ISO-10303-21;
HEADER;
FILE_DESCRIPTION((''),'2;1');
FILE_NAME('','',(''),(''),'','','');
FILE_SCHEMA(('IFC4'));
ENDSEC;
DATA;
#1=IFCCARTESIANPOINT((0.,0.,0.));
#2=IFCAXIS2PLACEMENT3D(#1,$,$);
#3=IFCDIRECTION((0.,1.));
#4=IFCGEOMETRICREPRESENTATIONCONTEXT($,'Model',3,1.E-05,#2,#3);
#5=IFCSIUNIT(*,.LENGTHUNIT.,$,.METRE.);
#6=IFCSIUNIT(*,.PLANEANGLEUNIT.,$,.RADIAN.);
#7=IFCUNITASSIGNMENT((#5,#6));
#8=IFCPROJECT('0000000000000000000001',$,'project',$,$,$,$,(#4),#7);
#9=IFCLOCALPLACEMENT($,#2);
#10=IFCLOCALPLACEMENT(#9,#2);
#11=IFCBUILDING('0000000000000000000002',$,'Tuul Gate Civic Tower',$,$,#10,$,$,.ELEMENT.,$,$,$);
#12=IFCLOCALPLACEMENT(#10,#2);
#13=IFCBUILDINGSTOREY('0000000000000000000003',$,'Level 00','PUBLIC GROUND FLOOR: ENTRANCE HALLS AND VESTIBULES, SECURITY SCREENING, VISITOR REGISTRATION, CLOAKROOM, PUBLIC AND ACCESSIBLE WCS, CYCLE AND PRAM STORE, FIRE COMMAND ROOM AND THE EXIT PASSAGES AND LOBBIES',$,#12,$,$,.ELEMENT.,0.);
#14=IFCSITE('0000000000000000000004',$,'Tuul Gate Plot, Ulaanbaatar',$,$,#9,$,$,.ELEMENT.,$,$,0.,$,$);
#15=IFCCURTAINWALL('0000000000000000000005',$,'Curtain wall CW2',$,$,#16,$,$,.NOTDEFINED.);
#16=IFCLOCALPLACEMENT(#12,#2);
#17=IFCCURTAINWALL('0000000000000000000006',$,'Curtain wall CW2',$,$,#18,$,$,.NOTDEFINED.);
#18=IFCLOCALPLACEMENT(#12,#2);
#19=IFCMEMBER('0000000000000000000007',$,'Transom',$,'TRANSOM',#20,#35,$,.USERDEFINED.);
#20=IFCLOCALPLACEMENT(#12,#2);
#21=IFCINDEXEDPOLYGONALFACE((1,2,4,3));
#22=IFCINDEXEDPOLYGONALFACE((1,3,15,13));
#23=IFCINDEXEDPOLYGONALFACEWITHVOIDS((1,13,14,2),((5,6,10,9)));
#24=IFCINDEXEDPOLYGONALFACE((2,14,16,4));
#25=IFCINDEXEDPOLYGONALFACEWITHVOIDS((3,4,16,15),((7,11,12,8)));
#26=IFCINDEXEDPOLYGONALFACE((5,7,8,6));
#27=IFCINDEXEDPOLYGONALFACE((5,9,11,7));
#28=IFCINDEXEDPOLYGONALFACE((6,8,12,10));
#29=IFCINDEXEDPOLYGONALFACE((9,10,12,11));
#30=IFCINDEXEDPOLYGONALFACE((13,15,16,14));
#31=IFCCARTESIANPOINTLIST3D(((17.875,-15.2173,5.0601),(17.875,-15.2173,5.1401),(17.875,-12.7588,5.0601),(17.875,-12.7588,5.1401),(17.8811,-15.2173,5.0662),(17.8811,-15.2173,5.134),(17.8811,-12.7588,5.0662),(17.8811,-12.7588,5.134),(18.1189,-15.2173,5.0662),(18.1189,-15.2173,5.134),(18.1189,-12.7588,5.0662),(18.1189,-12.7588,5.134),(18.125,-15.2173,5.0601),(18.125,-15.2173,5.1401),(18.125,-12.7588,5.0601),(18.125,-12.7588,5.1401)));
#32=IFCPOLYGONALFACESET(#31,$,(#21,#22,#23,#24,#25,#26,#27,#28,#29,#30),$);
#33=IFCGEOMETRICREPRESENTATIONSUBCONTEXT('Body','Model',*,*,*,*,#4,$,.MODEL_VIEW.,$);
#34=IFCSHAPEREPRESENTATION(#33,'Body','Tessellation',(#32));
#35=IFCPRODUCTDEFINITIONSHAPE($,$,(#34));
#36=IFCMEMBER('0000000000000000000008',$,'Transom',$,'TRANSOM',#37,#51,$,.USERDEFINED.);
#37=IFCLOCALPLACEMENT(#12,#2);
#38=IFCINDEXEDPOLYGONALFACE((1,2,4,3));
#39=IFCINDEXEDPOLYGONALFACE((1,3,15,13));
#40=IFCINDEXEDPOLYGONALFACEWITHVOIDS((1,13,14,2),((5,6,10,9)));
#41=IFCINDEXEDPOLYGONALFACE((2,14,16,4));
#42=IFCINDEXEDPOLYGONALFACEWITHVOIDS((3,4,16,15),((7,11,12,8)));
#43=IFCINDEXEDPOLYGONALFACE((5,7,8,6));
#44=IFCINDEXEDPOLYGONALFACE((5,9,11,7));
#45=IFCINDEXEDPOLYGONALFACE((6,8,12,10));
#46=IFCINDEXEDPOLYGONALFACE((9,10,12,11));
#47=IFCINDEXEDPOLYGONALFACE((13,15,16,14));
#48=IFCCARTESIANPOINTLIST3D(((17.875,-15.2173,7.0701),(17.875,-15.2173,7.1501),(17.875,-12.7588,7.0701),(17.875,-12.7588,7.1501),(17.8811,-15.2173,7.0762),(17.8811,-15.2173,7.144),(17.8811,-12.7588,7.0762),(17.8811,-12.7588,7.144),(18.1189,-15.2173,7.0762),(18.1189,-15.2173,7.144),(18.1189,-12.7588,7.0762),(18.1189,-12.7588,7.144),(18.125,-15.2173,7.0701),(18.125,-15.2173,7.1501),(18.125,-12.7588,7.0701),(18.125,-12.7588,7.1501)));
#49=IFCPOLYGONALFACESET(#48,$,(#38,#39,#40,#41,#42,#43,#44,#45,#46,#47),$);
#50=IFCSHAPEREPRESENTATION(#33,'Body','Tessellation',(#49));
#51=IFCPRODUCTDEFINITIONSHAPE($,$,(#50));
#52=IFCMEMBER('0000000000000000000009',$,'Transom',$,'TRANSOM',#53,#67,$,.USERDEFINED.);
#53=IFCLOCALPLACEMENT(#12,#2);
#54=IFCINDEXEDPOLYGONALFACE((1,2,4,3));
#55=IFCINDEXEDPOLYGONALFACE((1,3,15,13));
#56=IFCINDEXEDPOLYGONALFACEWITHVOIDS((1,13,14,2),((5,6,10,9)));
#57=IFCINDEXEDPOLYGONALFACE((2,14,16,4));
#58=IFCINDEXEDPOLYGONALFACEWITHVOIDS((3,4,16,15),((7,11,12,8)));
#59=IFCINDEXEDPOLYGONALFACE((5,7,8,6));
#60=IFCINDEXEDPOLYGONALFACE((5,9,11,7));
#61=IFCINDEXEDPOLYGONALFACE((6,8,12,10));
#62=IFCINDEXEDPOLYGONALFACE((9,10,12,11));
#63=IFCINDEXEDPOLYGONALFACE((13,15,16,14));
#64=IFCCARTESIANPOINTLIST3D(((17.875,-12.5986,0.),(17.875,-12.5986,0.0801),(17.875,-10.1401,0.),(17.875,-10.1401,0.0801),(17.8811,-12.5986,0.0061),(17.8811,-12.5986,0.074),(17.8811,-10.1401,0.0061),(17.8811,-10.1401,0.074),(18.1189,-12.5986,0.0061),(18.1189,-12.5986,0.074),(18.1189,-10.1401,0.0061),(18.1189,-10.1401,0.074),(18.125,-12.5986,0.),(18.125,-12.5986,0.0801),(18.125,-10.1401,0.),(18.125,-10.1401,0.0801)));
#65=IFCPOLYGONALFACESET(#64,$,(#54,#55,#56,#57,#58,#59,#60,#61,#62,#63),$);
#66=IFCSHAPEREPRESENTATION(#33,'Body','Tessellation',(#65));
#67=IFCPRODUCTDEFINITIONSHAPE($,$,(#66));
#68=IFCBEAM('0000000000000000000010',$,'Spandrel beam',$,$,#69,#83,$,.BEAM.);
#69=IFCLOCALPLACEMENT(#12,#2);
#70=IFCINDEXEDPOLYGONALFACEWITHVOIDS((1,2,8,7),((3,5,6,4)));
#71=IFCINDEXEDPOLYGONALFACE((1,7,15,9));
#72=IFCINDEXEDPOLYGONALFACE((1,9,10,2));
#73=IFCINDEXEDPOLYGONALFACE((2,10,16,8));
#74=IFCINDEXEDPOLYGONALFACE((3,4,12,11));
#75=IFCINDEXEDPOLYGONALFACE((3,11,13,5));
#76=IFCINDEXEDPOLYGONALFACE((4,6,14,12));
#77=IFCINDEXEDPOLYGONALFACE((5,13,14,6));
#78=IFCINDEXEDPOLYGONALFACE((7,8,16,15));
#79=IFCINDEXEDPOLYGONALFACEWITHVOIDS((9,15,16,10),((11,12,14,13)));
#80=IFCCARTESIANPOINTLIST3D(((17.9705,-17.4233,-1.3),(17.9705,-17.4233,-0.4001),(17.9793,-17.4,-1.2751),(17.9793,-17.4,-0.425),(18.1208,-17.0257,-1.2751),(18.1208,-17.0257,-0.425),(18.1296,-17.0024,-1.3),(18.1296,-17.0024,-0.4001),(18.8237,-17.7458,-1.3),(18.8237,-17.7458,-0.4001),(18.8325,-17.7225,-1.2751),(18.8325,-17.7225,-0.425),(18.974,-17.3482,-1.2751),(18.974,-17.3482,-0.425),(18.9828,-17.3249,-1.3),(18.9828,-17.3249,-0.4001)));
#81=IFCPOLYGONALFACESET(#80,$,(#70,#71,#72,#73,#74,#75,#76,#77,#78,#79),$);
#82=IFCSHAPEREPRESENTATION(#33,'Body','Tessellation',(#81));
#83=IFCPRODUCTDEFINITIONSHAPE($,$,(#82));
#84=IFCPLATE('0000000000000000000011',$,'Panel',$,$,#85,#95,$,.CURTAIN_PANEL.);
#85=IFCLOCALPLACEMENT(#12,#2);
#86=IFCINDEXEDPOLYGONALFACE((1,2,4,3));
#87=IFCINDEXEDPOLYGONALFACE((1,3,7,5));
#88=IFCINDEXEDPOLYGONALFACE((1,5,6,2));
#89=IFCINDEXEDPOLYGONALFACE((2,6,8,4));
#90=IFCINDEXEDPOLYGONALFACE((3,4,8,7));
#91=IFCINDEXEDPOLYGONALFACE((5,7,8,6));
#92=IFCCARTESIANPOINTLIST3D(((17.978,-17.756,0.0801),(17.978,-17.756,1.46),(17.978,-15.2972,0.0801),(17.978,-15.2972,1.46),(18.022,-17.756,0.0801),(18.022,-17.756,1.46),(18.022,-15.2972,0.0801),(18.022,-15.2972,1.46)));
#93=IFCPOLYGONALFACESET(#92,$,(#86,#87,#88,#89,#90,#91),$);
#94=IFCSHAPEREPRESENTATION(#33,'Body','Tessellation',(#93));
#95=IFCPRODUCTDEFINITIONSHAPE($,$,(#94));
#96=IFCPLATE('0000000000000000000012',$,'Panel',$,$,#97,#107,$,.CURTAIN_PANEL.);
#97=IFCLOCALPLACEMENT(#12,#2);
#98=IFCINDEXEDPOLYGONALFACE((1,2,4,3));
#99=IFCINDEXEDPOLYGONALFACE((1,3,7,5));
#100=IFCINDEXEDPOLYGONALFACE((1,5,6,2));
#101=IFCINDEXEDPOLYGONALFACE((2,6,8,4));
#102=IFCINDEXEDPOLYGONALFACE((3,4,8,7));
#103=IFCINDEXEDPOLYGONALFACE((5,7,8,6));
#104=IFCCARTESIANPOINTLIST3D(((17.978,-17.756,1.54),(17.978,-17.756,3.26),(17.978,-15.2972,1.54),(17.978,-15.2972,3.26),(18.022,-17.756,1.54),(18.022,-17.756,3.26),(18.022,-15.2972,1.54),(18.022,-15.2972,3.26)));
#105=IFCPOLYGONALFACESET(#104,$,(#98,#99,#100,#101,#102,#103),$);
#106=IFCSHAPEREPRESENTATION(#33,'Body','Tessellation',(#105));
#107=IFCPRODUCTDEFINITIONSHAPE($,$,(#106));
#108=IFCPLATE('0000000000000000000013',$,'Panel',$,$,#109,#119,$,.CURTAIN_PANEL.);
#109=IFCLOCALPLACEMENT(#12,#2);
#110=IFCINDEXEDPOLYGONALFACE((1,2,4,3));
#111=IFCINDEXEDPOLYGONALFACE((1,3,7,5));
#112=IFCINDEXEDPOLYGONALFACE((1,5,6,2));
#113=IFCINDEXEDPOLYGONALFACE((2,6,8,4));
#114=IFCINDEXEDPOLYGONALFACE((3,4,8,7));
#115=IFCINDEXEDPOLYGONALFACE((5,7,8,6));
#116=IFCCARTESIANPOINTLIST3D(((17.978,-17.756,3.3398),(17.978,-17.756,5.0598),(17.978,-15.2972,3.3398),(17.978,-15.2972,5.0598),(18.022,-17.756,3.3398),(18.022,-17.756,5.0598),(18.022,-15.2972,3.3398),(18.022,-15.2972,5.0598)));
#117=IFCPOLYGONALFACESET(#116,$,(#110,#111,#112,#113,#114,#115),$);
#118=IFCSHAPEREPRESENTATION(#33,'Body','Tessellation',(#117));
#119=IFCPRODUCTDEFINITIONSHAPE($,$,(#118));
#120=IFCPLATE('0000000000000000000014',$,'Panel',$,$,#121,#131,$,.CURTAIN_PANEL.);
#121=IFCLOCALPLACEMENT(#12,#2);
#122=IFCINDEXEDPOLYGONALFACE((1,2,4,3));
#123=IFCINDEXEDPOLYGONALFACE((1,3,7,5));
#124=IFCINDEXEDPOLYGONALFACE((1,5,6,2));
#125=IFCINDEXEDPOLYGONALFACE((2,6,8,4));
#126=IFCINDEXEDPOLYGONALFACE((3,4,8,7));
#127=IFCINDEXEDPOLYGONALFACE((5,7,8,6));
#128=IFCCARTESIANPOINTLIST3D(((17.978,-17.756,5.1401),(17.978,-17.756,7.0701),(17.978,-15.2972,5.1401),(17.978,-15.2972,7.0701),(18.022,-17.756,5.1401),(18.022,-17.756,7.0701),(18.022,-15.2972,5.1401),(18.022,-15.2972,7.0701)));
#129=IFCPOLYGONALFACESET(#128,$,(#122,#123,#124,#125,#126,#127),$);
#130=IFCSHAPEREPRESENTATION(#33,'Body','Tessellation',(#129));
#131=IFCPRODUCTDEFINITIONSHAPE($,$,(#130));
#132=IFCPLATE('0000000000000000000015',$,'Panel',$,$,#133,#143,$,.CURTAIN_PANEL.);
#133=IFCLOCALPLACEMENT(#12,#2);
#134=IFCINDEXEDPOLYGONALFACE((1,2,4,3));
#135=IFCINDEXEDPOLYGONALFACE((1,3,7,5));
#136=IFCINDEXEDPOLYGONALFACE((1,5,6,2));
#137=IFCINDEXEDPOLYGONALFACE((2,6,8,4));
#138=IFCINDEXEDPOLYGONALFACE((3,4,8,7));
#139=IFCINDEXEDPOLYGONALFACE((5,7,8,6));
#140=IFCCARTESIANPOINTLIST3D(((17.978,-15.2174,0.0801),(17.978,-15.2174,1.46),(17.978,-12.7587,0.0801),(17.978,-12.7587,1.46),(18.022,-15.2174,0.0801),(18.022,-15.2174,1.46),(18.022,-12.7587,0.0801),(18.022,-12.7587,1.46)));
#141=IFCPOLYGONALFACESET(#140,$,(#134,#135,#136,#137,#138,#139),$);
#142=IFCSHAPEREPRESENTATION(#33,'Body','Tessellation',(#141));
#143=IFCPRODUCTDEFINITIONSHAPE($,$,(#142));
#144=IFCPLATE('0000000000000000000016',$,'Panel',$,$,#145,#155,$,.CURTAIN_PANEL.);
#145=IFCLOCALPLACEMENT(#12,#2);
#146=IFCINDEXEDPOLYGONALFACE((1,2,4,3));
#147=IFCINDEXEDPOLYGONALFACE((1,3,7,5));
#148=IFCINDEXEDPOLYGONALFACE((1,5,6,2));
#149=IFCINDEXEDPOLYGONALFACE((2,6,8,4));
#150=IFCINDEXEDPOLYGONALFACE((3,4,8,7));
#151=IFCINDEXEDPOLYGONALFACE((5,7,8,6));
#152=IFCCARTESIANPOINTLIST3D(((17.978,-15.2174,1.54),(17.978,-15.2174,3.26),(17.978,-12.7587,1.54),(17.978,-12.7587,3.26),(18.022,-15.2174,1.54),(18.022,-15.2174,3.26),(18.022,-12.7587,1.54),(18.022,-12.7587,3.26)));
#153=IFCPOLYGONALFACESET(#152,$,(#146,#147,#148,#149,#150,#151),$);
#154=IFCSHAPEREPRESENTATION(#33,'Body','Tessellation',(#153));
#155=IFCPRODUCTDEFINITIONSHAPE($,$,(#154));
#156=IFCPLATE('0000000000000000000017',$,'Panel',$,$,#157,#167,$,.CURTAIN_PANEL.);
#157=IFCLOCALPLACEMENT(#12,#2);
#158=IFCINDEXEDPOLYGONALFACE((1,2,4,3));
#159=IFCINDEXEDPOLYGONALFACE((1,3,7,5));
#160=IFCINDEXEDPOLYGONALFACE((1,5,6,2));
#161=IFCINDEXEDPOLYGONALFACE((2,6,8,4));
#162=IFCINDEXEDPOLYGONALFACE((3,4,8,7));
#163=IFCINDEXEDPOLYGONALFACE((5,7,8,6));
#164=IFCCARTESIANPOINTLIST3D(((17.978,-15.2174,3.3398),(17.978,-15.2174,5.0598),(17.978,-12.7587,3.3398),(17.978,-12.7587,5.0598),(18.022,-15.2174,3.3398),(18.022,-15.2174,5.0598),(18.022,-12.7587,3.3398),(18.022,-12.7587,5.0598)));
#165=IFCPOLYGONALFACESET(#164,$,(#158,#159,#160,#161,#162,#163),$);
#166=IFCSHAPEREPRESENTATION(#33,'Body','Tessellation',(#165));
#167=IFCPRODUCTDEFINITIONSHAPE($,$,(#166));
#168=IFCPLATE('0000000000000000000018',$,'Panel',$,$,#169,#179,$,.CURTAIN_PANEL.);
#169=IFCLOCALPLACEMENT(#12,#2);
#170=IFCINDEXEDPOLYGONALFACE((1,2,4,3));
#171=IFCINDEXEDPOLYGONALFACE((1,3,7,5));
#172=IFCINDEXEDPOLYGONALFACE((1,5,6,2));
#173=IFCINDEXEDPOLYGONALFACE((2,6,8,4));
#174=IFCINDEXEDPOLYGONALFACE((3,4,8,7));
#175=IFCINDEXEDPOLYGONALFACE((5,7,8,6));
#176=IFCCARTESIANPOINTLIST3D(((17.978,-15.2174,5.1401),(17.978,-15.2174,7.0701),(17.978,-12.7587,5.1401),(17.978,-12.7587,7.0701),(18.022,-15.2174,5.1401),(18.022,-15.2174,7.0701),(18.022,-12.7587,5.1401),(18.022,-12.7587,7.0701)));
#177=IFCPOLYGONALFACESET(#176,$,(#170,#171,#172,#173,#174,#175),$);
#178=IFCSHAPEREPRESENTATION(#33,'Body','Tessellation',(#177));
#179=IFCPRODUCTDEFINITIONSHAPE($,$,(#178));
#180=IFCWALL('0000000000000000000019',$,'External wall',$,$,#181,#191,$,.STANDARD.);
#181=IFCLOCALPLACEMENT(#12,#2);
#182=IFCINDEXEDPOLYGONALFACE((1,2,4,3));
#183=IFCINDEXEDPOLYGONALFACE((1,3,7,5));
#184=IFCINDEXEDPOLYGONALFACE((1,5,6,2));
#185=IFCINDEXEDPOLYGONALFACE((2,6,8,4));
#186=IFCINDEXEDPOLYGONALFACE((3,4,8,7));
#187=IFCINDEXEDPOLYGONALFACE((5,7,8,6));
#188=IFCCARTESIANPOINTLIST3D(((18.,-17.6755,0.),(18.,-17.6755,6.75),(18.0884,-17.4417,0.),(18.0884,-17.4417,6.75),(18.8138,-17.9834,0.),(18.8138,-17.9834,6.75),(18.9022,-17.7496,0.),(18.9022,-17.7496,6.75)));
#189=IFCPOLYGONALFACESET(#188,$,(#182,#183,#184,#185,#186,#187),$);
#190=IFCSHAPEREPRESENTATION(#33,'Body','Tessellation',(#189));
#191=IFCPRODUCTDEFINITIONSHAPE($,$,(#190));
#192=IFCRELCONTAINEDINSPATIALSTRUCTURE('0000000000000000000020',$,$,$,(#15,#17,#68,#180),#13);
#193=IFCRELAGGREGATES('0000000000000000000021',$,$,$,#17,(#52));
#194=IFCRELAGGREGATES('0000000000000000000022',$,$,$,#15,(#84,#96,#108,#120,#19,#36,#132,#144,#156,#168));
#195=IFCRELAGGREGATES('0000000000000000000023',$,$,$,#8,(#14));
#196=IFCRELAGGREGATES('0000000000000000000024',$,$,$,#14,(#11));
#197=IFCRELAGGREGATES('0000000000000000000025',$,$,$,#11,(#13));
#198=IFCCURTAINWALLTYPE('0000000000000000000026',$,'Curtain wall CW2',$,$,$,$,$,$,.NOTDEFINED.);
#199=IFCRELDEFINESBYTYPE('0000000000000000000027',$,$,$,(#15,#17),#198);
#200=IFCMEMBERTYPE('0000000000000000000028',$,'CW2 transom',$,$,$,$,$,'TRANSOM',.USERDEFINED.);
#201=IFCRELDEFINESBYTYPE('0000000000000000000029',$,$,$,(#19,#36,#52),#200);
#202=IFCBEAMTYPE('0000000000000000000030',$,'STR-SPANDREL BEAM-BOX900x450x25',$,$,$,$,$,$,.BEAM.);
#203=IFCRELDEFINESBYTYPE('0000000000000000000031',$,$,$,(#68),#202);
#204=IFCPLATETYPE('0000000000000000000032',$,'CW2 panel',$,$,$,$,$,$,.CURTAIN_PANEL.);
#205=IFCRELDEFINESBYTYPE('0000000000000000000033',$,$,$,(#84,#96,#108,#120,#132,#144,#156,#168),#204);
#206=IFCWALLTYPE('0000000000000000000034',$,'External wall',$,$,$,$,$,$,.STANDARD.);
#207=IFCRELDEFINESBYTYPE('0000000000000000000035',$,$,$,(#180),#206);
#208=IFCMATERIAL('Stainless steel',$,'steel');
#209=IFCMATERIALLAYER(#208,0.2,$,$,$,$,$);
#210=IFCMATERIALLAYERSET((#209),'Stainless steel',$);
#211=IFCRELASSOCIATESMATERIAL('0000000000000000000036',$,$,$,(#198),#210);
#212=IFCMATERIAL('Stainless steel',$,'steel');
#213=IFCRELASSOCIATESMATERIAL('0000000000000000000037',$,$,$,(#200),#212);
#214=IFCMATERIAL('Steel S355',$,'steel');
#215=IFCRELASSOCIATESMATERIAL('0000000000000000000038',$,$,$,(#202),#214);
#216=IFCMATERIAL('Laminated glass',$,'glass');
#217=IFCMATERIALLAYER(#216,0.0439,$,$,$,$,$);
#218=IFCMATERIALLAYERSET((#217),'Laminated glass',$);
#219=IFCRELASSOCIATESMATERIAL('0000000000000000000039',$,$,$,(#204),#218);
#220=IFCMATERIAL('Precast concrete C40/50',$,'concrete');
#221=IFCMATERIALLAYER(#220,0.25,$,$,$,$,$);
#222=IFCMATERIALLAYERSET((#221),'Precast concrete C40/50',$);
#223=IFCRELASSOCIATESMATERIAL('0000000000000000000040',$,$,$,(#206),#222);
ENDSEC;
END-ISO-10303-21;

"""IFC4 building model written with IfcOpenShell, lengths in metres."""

from ifc_helpers import new_model, si_unit, direction, frame, frame_2d, origin, origin_2d, place, context, subcontext, project, spatial, rectangle, hollow_rectangle, extrude, material, layer, layer_set, material_profile, profile_set, type_object, element, aggregate, save


model = new_model("IFC4")

# Units and contexts
model_context = context("Model", 3, precision=1e-05, world=origin(), true_north=direction((0.0, 1.0)))
body_context = subcontext(model_context, "Body", "Model", "MODEL_VIEW")
ifc_project = project(units=[si_unit("LENGTHUNIT", "METRE"), si_unit("PLANEANGLEUNIT", "RADIAN")], contexts=[model_context])

# Site, building, storey
site_placement = place(None, origin())
site = spatial("IfcSite", under=ifc_project, at=site_placement, Name="Tuul Gate Plot, Ulaanbaatar", CompositionType="ELEMENT", RefElevation=0.0)
building_placement = place(site_placement, origin())
building = spatial("IfcBuilding", under=site, at=building_placement, Name="Tuul Gate Civic Tower", CompositionType="ELEMENT")
storey_placement = place(building_placement, origin())
storey = spatial("IfcBuildingStorey", under=building, at=storey_placement, Name="Level 00", Description="PUBLIC GROUND FLOOR: ENTRANCE HALLS AND VESTIBULES, SECURITY SCREENING, VISITOR REGISTRATION, CLOAKROOM, PUBLIC AND ACCESSIBLE WCS, CYCLE AND PRAM STORE, FIRE COMMAND ROOM AND THE EXIT PASSAGES AND LOBBIES", CompositionType="ELEMENT", Elevation=0.0)

# Curtain wall
ifc_material_1 = material(Name="Stainless steel", Category="steel")
ifc_layer_1 = layer(ifc_material_1, 0.2)
ifc_layer_set_1 = layer_set([ifc_layer_1], Name="Stainless steel")
curtain_wall_type = type_object("IfcCurtainWallType", Name="Curtain wall CW2", PredefinedType="NOTDEFINED", material=ifc_layer_set_1)
curtain_wall_1_placement = place(storey_placement, origin())
curtain_wall_1 = element("IfcCurtainWall", 1, at=curtain_wall_1_placement, inside=storey, type_object=curtain_wall_type, Name="Curtain wall CW2", PredefinedType="NOTDEFINED")

# Curtain wall
curtain_wall_2_placement = place(storey_placement, origin())
curtain_wall_2 = element("IfcCurtainWall", 2, at=curtain_wall_2_placement, inside=storey, type_object=curtain_wall_type, Name="Curtain wall CW2", PredefinedType="NOTDEFINED")

# Members
ifc_material_2 = material(Name="Stainless steel", Category="steel")
ifc_material_profile_1 = material_profile(ifc_material_2, hollow_rectangle(XDim=0.25, YDim=0.0801, WallThickness=0.0061, at=origin_2d()), Name="CW2 transom")
ifc_profile_set_1 = profile_set([ifc_material_profile_1], Name="Stainless steel")
member_type_1 = type_object("IfcMemberType", Name="CW2 transom", ElementType="TRANSOM", PredefinedType="USERDEFINED", material=ifc_profile_set_1)
member_1_placement = place(storey_placement, frame((18.0, -15.2173, 5.1001), z_axis=(0.0, 1.0, 0.0), x_axis=(-1.0, 0.0, 0.0)))
member_1 = element("IfcMember", 3, at=member_1_placement, type_object=member_type_1, Name="Transom", ObjectType="TRANSOM", PredefinedType="USERDEFINED", context=body_context, shape_type="SweptSolid", body=[
    extrude(hollow_rectangle(XDim=0.25, YDim=0.0801, WallThickness=0.0061, at=origin_2d()), origin(), (0.0, 0.0, 1.0), 2.4585),
])
member_2_placement = place(storey_placement, frame((18.0, -15.2173, 7.1101), z_axis=(0.0, 1.0, 0.0), x_axis=(-1.0, 0.0, 0.0)))
member_2 = element("IfcMember", 4, at=member_2_placement, type_object=member_type_1, Name="Transom", ObjectType="TRANSOM", PredefinedType="USERDEFINED", context=body_context, shape_type="SweptSolid", body=[
    extrude(hollow_rectangle(XDim=0.25, YDim=0.0801, WallThickness=0.0061, at=origin_2d()), origin(), (0.0, 0.0, 1.0), 2.4585),
])
member_3_placement = place(storey_placement, frame((18.0, -12.5986, 0.04), z_axis=(0.0, 1.0, 0.0), x_axis=(-1.0, 0.0, 0.0)))
member_3 = element("IfcMember", 5, at=member_3_placement, type_object=member_type_1, Name="Transom", ObjectType="TRANSOM", PredefinedType="USERDEFINED", context=body_context, shape_type="SweptSolid", body=[
    extrude(hollow_rectangle(XDim=0.25, YDim=0.0801, WallThickness=0.0061, at=origin_2d()), origin(), (0.0, 0.0, 1.0), 2.4585),
])
aggregate(curtain_wall_2, [member_3])

# Beam
ifc_material_3 = material(Name="Steel S355", Category="steel")
ifc_material_profile_2 = material_profile(ifc_material_3, hollow_rectangle(XDim=0.45, YDim=0.8999, WallThickness=0.0249, at=origin_2d()), Name="BOX900x450x25")
ifc_profile_set_2 = profile_set([ifc_material_profile_2], Name="Steel S355")
beam_type = type_object("IfcBeamType", Name="STR-SPANDREL BEAM-BOX900x450x25", PredefinedType="BEAM", material=ifc_profile_set_2)
beam_placement = place(storey_placement, frame((18.05, -17.2129, -0.8501), z_axis=(0.935413, -0.353557, 0.0), x_axis=(0.353557, 0.935413, 0.0)))
element("IfcBeam", 6, at=beam_placement, inside=storey, type_object=beam_type, Name="Spandrel beam", PredefinedType="BEAM", context=body_context, shape_type="SweptSolid", body=[
    extrude(hollow_rectangle(XDim=0.45, YDim=0.8999, WallThickness=0.0249, at=origin_2d()), origin(), (0.0, 0.0, 1.0), 0.9121),
])

# Plates
ifc_material_4 = material(Name="Laminated glass", Category="glass")
ifc_layer_2 = layer(ifc_material_4, 0.0439)
ifc_layer_set_2 = layer_set([ifc_layer_2], Name="Laminated glass")
plate_type = type_object("IfcPlateType", Name="CW2 panel", PredefinedType="CURTAIN_PANEL", material=ifc_layer_set_2)
plate_1_placement = place(storey_placement, frame((18.0, -16.5266, 0.0801), z_axis=(0.0, 0.0, 1.0), x_axis=(0.0, 1.0, 0.0)))
plate_1 = element("IfcPlate", 7, at=plate_1_placement, type_object=plate_type, Name="Panel", PredefinedType="CURTAIN_PANEL", context=body_context, shape_type="SweptSolid", body=[
    extrude(rectangle(XDim=2.4587, YDim=0.0439, at=origin_2d()), origin(), (0.0, 0.0, 1.0), 1.3799),
])
plate_2_placement = place(storey_placement, frame((18.0, -16.5266, 1.54), z_axis=(0.0, 0.0, 1.0), x_axis=(0.0, 1.0, 0.0)))
plate_2 = element("IfcPlate", 8, at=plate_2_placement, type_object=plate_type, Name="Panel", PredefinedType="CURTAIN_PANEL", context=body_context, shape_type="SweptSolid", body=[
    extrude(rectangle(XDim=2.4587, YDim=0.0439, at=origin_2d()), origin(), (0.0, 0.0, 1.0), 1.72),
])
plate_3_placement = place(storey_placement, frame((18.0, -16.5266, 3.3398), z_axis=(0.0, 0.0, 1.0), x_axis=(0.0, 1.0, 0.0)))
plate_3 = element("IfcPlate", 9, at=plate_3_placement, type_object=plate_type, Name="Panel", PredefinedType="CURTAIN_PANEL", context=body_context, shape_type="SweptSolid", body=[
    extrude(rectangle(XDim=2.4587, YDim=0.0439, at=origin_2d()), origin(), (0.0, 0.0, 1.0), 1.72),
])
plate_4_placement = place(storey_placement, frame((18.0, -16.5266, 5.1401), z_axis=(0.0, 0.0, 1.0), x_axis=(0.0, 1.0, 0.0)))
plate_4 = element("IfcPlate", 10, at=plate_4_placement, type_object=plate_type, Name="Panel", PredefinedType="CURTAIN_PANEL", context=body_context, shape_type="SweptSolid", body=[
    extrude(rectangle(XDim=2.4587, YDim=0.0439, at=origin_2d()), origin(), (0.0, 0.0, 1.0), 1.9299),
])
plate_5_placement = place(storey_placement, frame((18.0, -13.988, 0.0801), z_axis=(0.0, 0.0, 1.0), x_axis=(0.0, 1.0, 0.0)))
plate_5 = element("IfcPlate", 11, at=plate_5_placement, type_object=plate_type, Name="Panel", PredefinedType="CURTAIN_PANEL", context=body_context, shape_type="SweptSolid", body=[
    extrude(rectangle(XDim=2.4587, YDim=0.0439, at=origin_2d()), origin(), (0.0, 0.0, 1.0), 1.3799),
])
plate_6_placement = place(storey_placement, frame((18.0, -13.988, 1.54), z_axis=(0.0, 0.0, 1.0), x_axis=(0.0, 1.0, 0.0)))
plate_6 = element("IfcPlate", 12, at=plate_6_placement, type_object=plate_type, Name="Panel", PredefinedType="CURTAIN_PANEL", context=body_context, shape_type="SweptSolid", body=[
    extrude(rectangle(XDim=2.4587, YDim=0.0439, at=origin_2d()), origin(), (0.0, 0.0, 1.0), 1.72),
])
plate_7_placement = place(storey_placement, frame((18.0, -13.988, 3.3398), z_axis=(0.0, 0.0, 1.0), x_axis=(0.0, 1.0, 0.0)))
plate_7 = element("IfcPlate", 13, at=plate_7_placement, type_object=plate_type, Name="Panel", PredefinedType="CURTAIN_PANEL", context=body_context, shape_type="SweptSolid", body=[
    extrude(rectangle(XDim=2.4587, YDim=0.0439, at=origin_2d()), origin(), (0.0, 0.0, 1.0), 1.72),
])
plate_8_placement = place(storey_placement, frame((18.0, -13.988, 5.1401), z_axis=(0.0, 0.0, 1.0), x_axis=(0.0, 1.0, 0.0)))
plate_8 = element("IfcPlate", 14, at=plate_8_placement, type_object=plate_type, Name="Panel", PredefinedType="CURTAIN_PANEL", context=body_context, shape_type="SweptSolid", body=[
    extrude(rectangle(XDim=2.4587, YDim=0.0439, at=origin_2d()), origin(), (0.0, 0.0, 1.0), 1.9299),
])
aggregate(curtain_wall_1, [plate_1, plate_2, plate_3, plate_4, member_1, member_2, plate_5, plate_6, plate_7, plate_8])

# Wall
ifc_material_5 = material(Name="Precast concrete C40/50", Category="concrete")
ifc_layer_3 = layer(ifc_material_5, 0.25)
ifc_layer_set_3 = layer_set([ifc_layer_3], Name="Precast concrete C40/50")
wall_type = type_object("IfcWallType", Name="External wall", PredefinedType="STANDARD", material=ifc_layer_set_3)
wall_placement = place(storey_placement, frame((18.0442, -17.5586, 0.0), z_axis=(0.0, 0.0, 1.0), x_axis=(0.935299, -0.353859, 0.0)))
element("IfcWall", 15, at=wall_placement, inside=storey, type_object=wall_type, Name="External wall", PredefinedType="STANDARD", context=body_context, shape_type="SweptSolid", body=[
    extrude(rectangle(XDim=0.8701, YDim=0.25, at=frame_2d((0.4351, 0.0))), origin(), (0.0, 0.0, 1.0), 6.75),
])

save(model, "model.ifc")
